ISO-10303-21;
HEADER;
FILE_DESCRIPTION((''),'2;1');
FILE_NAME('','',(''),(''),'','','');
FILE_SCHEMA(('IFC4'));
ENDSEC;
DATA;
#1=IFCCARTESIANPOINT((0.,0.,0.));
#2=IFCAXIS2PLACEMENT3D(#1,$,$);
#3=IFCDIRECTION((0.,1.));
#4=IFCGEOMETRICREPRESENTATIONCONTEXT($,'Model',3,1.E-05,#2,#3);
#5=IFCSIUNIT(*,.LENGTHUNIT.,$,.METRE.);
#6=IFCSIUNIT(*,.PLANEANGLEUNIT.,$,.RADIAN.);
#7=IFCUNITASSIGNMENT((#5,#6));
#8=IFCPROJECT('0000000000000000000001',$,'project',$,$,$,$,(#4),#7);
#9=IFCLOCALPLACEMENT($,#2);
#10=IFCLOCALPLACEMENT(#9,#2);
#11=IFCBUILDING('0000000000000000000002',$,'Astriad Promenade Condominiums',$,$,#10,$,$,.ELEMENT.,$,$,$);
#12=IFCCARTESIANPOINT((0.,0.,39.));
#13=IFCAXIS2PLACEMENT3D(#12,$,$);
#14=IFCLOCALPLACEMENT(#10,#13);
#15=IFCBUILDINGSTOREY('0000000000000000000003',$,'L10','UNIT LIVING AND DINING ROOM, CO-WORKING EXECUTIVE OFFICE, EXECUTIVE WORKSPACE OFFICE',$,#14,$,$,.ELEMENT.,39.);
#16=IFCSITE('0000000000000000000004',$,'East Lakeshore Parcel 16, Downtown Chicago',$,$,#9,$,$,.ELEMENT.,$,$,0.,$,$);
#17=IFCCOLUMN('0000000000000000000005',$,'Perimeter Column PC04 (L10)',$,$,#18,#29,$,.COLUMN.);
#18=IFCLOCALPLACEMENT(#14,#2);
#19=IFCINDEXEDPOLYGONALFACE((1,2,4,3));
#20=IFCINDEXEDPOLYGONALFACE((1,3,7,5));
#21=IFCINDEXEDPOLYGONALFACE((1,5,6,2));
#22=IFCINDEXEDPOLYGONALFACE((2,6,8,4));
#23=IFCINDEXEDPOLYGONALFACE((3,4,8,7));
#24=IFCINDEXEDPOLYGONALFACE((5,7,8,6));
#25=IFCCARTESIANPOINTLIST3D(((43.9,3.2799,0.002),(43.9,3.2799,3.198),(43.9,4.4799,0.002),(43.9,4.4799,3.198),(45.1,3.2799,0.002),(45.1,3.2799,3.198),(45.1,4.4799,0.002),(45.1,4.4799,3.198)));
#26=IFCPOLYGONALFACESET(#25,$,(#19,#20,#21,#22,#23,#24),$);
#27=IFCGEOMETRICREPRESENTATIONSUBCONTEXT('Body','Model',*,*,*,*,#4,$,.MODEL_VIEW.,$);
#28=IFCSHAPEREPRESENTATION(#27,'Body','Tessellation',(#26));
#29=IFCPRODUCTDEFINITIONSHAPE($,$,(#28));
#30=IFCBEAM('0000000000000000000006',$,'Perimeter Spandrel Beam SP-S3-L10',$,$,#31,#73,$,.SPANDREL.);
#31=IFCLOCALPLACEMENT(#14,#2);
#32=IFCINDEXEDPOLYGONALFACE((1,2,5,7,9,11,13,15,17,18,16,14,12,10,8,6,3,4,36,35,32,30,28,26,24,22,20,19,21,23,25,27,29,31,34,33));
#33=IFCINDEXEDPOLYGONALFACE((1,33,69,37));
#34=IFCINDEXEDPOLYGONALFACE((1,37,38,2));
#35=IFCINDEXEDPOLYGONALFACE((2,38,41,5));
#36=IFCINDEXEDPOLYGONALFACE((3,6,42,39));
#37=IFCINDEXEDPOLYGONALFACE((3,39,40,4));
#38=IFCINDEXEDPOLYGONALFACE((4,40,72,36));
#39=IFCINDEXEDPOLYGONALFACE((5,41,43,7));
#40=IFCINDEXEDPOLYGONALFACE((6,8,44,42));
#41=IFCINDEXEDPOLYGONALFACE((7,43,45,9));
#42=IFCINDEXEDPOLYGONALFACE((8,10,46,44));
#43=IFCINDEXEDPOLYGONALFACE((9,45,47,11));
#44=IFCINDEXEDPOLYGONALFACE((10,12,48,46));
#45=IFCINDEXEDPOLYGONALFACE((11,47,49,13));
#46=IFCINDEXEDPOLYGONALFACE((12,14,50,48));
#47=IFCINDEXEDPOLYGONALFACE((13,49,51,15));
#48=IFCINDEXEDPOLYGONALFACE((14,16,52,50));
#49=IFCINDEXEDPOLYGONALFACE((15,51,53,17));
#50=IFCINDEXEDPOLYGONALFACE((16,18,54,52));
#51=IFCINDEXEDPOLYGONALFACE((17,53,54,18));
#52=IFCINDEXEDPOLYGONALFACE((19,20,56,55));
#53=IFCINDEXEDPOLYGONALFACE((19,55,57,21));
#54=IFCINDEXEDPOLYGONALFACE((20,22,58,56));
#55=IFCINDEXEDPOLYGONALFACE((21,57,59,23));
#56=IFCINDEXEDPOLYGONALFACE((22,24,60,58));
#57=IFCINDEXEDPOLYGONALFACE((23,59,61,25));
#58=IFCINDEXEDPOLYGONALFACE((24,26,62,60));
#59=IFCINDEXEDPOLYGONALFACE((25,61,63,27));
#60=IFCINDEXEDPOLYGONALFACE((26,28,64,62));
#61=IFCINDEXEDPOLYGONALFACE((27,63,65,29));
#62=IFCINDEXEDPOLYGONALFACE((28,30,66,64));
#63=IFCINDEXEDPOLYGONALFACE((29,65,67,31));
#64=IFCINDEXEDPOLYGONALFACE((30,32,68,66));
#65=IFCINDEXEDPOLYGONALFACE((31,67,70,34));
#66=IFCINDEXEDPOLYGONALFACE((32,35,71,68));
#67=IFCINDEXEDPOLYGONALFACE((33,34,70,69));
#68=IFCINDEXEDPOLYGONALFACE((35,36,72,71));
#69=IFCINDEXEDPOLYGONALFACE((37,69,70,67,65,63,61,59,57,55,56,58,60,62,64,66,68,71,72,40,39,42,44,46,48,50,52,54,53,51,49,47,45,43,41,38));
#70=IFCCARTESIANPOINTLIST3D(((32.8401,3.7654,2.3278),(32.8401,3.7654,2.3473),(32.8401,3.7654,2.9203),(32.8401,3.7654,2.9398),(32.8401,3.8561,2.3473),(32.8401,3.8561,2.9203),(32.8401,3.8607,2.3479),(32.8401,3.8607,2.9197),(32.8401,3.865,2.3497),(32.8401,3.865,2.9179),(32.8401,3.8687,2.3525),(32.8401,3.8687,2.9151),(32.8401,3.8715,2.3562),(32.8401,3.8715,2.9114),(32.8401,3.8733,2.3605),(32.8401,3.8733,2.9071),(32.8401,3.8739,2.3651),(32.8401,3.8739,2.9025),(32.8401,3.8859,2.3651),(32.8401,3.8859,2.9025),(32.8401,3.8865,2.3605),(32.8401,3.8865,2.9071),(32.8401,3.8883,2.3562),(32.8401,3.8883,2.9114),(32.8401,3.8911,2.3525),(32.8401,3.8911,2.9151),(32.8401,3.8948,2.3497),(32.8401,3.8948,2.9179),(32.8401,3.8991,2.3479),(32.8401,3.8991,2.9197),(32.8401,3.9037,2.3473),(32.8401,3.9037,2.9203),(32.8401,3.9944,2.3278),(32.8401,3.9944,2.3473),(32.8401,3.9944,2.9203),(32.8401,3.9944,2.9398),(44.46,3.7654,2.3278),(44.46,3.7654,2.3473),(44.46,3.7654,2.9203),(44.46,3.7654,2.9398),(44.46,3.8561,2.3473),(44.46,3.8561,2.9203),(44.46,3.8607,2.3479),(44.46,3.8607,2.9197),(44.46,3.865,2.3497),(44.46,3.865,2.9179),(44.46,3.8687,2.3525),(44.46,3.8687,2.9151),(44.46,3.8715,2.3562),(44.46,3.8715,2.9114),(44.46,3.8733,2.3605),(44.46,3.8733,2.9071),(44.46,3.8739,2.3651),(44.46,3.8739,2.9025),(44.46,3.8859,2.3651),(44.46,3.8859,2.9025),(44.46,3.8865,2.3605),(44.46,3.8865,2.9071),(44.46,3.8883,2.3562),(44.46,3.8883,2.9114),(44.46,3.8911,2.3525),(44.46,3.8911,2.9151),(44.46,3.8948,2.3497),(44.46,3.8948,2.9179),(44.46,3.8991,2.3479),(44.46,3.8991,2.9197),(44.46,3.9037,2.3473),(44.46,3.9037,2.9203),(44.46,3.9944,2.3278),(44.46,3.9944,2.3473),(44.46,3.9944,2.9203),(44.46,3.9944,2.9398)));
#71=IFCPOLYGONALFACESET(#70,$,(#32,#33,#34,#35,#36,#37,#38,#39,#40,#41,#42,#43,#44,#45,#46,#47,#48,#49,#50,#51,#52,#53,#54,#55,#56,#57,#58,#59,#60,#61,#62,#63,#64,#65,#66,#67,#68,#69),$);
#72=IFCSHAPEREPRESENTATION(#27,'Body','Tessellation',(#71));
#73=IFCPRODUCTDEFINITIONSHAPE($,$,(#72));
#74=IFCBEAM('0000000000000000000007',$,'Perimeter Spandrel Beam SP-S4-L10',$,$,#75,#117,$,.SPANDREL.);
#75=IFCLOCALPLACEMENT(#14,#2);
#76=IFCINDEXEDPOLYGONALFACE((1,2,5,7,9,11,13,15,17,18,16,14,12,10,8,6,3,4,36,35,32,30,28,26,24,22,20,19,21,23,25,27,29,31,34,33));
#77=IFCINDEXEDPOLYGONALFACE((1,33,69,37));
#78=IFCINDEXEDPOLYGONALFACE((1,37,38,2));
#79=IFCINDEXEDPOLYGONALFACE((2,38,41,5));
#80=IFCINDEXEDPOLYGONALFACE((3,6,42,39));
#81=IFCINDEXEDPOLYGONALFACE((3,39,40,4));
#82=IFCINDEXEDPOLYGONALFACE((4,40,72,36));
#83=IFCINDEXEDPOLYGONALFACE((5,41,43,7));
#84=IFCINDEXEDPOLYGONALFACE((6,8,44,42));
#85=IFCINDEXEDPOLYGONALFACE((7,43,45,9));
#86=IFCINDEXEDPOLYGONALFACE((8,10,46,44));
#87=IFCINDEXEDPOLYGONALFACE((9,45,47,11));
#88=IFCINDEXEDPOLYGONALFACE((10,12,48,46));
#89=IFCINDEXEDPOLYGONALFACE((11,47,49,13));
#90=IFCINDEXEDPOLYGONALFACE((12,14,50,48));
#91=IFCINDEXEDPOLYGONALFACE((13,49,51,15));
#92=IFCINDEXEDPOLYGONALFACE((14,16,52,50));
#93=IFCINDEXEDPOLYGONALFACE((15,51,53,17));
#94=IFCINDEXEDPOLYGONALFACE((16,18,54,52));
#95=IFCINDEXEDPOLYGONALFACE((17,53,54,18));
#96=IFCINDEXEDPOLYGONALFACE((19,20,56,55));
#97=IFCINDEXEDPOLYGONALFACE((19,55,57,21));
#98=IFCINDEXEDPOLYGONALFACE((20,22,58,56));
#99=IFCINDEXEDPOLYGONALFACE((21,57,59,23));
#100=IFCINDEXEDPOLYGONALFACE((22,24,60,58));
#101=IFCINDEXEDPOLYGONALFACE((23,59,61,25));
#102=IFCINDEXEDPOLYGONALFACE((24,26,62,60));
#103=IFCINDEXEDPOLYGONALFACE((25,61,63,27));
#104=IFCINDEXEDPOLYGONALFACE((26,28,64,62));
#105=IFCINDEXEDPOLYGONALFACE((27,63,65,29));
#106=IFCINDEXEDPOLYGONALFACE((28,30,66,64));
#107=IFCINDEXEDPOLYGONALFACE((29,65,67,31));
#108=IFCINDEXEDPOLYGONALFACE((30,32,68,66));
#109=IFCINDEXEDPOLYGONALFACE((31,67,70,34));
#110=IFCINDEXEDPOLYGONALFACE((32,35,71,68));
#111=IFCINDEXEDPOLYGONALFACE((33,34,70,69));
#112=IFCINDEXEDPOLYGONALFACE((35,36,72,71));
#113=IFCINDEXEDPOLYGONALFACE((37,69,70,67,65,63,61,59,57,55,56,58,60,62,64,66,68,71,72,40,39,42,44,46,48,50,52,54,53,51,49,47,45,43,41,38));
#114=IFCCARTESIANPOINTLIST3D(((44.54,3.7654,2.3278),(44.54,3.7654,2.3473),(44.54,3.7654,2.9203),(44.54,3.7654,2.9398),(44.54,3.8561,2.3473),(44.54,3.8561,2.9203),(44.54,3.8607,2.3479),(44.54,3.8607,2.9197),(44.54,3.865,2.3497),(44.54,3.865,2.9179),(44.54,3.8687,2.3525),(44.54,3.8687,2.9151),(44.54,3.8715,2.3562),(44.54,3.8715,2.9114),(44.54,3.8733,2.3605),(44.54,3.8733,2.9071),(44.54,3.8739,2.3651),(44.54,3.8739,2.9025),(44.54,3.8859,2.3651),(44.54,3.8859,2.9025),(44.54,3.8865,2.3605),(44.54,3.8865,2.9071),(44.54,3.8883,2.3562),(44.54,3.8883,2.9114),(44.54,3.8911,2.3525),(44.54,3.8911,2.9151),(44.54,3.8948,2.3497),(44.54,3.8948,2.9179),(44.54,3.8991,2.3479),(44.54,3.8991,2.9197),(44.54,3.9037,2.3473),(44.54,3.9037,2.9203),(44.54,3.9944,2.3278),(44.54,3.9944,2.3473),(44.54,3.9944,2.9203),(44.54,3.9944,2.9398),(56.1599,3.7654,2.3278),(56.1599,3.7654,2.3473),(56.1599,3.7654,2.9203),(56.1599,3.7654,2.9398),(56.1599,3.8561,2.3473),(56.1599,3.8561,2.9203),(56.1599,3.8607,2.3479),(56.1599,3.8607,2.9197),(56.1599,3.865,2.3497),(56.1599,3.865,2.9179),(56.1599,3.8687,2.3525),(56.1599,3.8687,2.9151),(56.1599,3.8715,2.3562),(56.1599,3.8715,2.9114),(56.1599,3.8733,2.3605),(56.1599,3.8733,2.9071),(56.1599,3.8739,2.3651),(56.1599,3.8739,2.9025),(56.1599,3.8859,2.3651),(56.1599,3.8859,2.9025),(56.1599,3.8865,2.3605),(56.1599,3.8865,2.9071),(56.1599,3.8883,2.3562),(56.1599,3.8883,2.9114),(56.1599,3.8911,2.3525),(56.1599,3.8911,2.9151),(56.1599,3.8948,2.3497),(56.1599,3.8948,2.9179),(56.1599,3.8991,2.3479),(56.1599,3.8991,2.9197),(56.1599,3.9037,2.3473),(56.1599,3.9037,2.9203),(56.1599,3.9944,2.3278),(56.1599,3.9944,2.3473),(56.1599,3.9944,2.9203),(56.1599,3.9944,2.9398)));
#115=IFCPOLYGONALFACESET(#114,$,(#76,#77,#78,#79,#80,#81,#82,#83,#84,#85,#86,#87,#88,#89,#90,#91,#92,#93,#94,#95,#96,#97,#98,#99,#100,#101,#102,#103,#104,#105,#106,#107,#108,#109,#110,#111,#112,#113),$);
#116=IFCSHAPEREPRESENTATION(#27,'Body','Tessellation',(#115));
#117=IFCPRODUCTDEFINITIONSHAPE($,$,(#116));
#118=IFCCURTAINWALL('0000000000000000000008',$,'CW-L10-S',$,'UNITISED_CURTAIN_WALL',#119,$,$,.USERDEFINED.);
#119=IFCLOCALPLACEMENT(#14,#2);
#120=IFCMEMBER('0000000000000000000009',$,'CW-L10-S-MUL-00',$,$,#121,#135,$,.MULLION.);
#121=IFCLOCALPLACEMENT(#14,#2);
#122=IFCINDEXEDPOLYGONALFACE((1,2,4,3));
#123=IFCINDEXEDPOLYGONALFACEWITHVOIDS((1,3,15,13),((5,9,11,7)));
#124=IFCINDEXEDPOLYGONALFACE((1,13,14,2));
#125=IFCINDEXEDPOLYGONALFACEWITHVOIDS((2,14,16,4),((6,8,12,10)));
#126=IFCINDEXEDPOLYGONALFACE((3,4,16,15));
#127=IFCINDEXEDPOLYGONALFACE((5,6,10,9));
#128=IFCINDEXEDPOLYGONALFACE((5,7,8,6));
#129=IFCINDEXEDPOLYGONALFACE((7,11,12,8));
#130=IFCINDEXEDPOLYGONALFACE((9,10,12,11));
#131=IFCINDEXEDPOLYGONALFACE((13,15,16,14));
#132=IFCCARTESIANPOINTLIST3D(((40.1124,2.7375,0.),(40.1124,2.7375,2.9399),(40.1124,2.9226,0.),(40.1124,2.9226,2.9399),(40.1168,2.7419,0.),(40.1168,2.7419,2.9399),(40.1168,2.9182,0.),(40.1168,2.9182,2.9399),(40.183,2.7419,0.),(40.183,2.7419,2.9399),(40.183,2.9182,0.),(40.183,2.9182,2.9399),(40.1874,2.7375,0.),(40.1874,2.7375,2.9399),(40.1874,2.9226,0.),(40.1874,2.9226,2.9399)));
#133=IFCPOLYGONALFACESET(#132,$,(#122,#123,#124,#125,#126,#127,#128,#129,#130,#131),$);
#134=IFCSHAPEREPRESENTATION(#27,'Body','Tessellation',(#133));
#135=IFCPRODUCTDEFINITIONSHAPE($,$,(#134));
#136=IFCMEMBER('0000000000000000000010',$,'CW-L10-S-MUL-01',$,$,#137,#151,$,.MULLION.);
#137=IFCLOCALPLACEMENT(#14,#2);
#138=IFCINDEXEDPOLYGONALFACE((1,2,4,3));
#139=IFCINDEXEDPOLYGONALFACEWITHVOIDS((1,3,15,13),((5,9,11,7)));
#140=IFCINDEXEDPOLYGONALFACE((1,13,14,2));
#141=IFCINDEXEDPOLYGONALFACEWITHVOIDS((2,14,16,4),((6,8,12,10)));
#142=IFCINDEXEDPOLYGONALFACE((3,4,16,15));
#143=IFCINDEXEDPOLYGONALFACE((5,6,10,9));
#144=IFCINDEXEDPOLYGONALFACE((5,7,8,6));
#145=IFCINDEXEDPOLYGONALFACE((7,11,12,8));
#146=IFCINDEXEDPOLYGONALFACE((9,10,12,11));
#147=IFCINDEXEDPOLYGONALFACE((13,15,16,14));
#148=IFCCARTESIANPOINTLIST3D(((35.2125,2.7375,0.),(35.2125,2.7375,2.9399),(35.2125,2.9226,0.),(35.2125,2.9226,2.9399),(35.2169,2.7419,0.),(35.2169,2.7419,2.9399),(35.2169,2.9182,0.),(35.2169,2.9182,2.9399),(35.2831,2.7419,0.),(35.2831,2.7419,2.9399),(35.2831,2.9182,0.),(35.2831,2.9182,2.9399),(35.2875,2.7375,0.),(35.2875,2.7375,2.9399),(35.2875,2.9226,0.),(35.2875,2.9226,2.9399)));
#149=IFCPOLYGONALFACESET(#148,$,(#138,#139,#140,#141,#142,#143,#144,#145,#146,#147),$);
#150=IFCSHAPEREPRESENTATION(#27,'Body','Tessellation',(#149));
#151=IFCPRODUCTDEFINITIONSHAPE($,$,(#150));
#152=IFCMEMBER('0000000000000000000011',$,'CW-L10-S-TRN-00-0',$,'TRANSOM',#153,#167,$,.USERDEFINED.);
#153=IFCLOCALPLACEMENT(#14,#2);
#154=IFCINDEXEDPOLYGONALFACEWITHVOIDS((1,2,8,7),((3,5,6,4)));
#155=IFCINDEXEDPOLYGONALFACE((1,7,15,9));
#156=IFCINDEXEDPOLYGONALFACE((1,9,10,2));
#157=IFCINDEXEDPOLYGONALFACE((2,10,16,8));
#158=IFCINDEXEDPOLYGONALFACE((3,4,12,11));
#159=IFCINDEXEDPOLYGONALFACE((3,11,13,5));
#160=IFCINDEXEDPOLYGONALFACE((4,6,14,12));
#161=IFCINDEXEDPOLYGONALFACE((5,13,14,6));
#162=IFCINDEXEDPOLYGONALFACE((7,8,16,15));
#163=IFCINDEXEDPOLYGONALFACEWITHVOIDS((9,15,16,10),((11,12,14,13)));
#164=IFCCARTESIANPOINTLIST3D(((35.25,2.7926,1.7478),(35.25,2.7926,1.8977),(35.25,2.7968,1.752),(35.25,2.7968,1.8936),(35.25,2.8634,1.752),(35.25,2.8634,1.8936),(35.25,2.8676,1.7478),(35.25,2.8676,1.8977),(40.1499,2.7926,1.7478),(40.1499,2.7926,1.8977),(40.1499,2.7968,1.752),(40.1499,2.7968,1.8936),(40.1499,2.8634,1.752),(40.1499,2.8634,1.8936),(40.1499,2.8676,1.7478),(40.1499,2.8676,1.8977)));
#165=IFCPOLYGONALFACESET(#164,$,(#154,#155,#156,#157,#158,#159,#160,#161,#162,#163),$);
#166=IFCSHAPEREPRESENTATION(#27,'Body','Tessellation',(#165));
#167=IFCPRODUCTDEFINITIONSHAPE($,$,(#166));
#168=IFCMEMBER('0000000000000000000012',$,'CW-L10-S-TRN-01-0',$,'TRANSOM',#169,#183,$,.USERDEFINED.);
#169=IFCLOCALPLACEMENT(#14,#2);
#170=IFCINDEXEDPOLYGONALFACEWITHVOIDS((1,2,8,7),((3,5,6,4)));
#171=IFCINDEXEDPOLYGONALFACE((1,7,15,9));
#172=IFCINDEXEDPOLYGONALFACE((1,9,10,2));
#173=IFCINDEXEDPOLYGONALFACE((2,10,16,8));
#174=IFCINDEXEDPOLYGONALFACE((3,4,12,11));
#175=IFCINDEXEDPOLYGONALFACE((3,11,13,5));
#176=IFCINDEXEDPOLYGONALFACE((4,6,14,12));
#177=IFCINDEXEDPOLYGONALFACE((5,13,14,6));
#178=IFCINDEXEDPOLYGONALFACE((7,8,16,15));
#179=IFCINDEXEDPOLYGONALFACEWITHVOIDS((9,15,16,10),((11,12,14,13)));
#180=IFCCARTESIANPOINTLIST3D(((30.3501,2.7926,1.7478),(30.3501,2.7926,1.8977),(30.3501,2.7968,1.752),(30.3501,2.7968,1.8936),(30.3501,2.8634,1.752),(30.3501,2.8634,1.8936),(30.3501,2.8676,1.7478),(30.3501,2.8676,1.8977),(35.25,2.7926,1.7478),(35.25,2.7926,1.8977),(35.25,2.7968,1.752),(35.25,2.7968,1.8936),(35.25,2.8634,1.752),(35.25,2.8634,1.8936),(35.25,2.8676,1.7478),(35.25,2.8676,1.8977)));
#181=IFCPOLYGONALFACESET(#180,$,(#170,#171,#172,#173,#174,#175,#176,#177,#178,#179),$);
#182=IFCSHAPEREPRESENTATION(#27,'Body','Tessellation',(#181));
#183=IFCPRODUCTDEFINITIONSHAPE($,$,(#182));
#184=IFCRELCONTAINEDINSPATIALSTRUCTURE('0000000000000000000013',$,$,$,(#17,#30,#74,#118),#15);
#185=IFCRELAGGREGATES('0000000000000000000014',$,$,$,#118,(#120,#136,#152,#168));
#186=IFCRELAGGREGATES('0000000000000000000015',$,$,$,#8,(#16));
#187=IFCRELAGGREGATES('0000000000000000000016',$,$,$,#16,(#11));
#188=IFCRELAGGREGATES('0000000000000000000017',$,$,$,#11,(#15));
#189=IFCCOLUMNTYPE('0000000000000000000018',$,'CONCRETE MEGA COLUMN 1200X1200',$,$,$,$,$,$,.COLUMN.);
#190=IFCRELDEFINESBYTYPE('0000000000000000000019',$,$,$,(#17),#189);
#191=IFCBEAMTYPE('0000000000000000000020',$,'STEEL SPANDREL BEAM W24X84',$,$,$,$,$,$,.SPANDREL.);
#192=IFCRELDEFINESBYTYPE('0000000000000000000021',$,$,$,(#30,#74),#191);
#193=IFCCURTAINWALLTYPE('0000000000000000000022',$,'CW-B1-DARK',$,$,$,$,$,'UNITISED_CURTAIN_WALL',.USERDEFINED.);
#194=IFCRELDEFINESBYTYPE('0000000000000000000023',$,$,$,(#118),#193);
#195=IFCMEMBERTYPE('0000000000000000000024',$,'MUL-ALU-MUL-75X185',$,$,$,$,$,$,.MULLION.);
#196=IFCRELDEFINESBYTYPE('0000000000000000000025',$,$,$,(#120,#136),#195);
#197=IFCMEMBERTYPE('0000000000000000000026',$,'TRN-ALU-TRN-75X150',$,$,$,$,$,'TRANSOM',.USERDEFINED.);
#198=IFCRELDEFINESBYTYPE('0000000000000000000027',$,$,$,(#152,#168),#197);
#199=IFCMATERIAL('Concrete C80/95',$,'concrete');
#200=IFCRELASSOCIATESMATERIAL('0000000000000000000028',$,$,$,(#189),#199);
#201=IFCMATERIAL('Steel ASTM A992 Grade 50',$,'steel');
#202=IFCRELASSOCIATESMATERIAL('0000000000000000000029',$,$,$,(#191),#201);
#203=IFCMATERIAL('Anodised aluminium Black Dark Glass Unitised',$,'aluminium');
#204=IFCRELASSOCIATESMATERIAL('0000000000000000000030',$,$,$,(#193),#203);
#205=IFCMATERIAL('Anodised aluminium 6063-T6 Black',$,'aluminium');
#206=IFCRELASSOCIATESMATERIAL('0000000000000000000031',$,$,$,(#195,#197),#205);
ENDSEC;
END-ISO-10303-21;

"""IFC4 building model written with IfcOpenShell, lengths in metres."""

from ifc_helpers import new_model, si_unit, direction, frame, origin, origin_2d, place, context, subcontext, project, spatial, rectangle, hollow_rectangle, i_section, extrude, source, transform, mapped, material, material_profile, profile_set, type_object, type_shapes, element, aggregate, save


model = new_model("IFC4")

# Units and contexts
model_context = context("Model", 3, precision=1e-05, world=origin(), true_north=direction((0.0, 1.0)))
body_context = subcontext(model_context, "Body", "Model", "MODEL_VIEW")
ifc_project = project(units=[si_unit("LENGTHUNIT", "METRE"), si_unit("PLANEANGLEUNIT", "RADIAN")], contexts=[model_context])

# Site, building, storey
site_placement = place(None, origin())
site = spatial("IfcSite", under=ifc_project, at=site_placement, Name="East Lakeshore Parcel 16, Downtown Chicago", CompositionType="ELEMENT", RefElevation=0.0)
building_placement = place(site_placement, origin())
building = spatial("IfcBuilding", under=site, at=building_placement, Name="Astriad Promenade Condominiums", CompositionType="ELEMENT")
storey_placement = place(building_placement, frame((0.0, 0.0, 39.0)))
storey = spatial("IfcBuildingStorey", under=building, at=storey_placement, Name="L10", Description="UNIT LIVING AND DINING ROOM, CO-WORKING EXECUTIVE OFFICE, EXECUTIVE WORKSPACE OFFICE", CompositionType="ELEMENT", Elevation=39.0)

# Column
ifc_material_1 = material(Name="Concrete C80/95", Category="concrete")
ifc_material_profile_1 = material_profile(ifc_material_1, rectangle(XDim=1.2, YDim=1.2, at=origin_2d()), Name="RC-COL-1200X1200")
ifc_profile_set_1 = profile_set([ifc_material_profile_1], Name="Concrete C80/95")
column_type = type_object("IfcColumnType", Name="CONCRETE MEGA COLUMN 1200X1200", PredefinedType="COLUMN", material=ifc_profile_set_1)
shared_shape_1 = source(origin(), body_context, "Body", "SweptSolid", [
    extrude(rectangle(XDim=1.2, YDim=1.2, at=origin_2d()), origin(), (0.0, 0.0, 1.0), 3.196),
])
type_shapes(column_type, [shared_shape_1])
column_placement = place(storey_placement, frame((44.5, 3.8799, 0.002), z_axis=(0.0, 0.0, 1.0), x_axis=(1.0, 0.0, 0.0)))
element("IfcColumn", 1, at=column_placement, inside=storey, type_object=column_type, Name="Perimeter Column PC04 (L10)", PredefinedType="COLUMN", context=body_context, shape_type="MappedRepresentation", body=[
    mapped(shared_shape_1, transform((0.0, 0.0, 0.0), scale=1.0)),
])

# Beams
ifc_material_2 = material(Name="Steel ASTM A992 Grade 50", Category="steel")
ifc_material_profile_2 = material_profile(ifc_material_2, i_section(OverallWidth=0.229, OverallDepth=0.6121, WebThickness=0.012, FlangeThickness=0.0195, FilletRadius=0.0178, at=origin_2d()), Name="W24X84")
ifc_profile_set_2 = profile_set([ifc_material_profile_2], Name="Steel ASTM A992 Grade 50")
beam_type = type_object("IfcBeamType", Name="STEEL SPANDREL BEAM W24X84", PredefinedType="SPANDREL", material=ifc_profile_set_2)
shared_shape_2 = source(origin(), body_context, "Body", "SweptSolid", [
    extrude(i_section(OverallWidth=0.229, OverallDepth=0.6121, WebThickness=0.012, FlangeThickness=0.0195, FilletRadius=0.0178, at=origin_2d()), origin(), (0.0, 0.0, 1.0), 11.6199),
])
type_shapes(beam_type, [shared_shape_2])
for number, where, z_axis, x_axis, name in (
    (2, (32.8401, 3.8799, 2.6338), (1.0, 0.0, 0.0), (0.0, 1.0, 0.0), "Perimeter Spandrel Beam SP-S3-L10"),
    (3, (44.54, 3.8799, 2.6338), (1.0, 0.0, 0.0), (0.0, 1.0, 0.0), "Perimeter Spandrel Beam SP-S4-L10"),
):
    element("IfcBeam", number, at=place(storey_placement, frame(where, z_axis=z_axis, x_axis=x_axis)), inside=storey, type_object=beam_type, Name=name, PredefinedType="SPANDREL", context=body_context, shape_type="MappedRepresentation", body=[
        mapped(shared_shape_2, transform((0.0, 0.0, 0.0), scale=1.0)),
    ])

# Curtain wall, members
ifc_material_3 = material(Name="Anodised aluminium Black Dark Glass Unitised", Category="aluminium")
curtain_wall_type = type_object("IfcCurtainWallType", Name="CW-B1-DARK", ElementType="UNITISED_CURTAIN_WALL", PredefinedType="USERDEFINED", material=ifc_material_3)
curtain_wall_placement = place(storey_placement, origin())
curtain_wall = element("IfcCurtainWall", 4, at=curtain_wall_placement, inside=storey, type_object=curtain_wall_type, Name="CW-L10-S", ObjectType="UNITISED_CURTAIN_WALL", PredefinedType="USERDEFINED")
ifc_material_4 = material(Name="Anodised aluminium 6063-T6 Black", Category="aluminium")
ifc_material_profile_3 = material_profile(ifc_material_4, hollow_rectangle(XDim=0.075, YDim=0.1851, WallThickness=0.0044, at=origin_2d()), Name="ALU-MUL-75X185")
ifc_profile_set_3 = profile_set([ifc_material_profile_3], Name="Anodised aluminium 6063-T6 Black")
member_type_1 = type_object("IfcMemberType", Name="MUL-ALU-MUL-75X185", PredefinedType="MULLION", material=ifc_profile_set_3)
shared_shape_3 = source(origin(), body_context, "Body", "SweptSolid", [
    extrude(hollow_rectangle(XDim=0.075, YDim=0.1851, WallThickness=0.0044, at=origin_2d()), origin(), (0.0, 0.0, 1.0), 2.9399),
])
type_shapes(member_type_1, [shared_shape_3])
member_1_placement = place(storey_placement, frame((40.1499, 2.8301, 0.0), z_axis=(0.0, 0.0, 1.0), x_axis=(1.0, 0.0, 0.0)))
member_1 = element("IfcMember", 5, at=member_1_placement, type_object=member_type_1, Name="CW-L10-S-MUL-00", PredefinedType="MULLION", context=body_context, shape_type="MappedRepresentation", body=[
    mapped(shared_shape_3, transform((0.0, 0.0, 0.0), scale=1.0)),
])
member_2_placement = place(storey_placement, frame((35.25, 2.8301, 0.0), z_axis=(0.0, 0.0, 1.0), x_axis=(1.0, 0.0, 0.0)))
member_2 = element("IfcMember", 6, at=member_2_placement, type_object=member_type_1, Name="CW-L10-S-MUL-01", PredefinedType="MULLION", context=body_context, shape_type="MappedRepresentation", body=[
    mapped(shared_shape_3, transform((0.0, 0.0, 0.0), scale=1.0)),
])
ifc_material_profile_4 = material_profile(ifc_material_4, hollow_rectangle(XDim=0.075, YDim=0.1499, WallThickness=0.0042, at=origin_2d()), Name="ALU-TRN-75X150")
ifc_profile_set_4 = profile_set([ifc_material_profile_4], Name="Anodised aluminium 6063-T6 Black")
member_type_2 = type_object("IfcMemberType", Name="TRN-ALU-TRN-75X150", ElementType="TRANSOM", PredefinedType="USERDEFINED", material=ifc_profile_set_4)
shared_shape_4 = source(origin(), body_context, "Body", "SweptSolid", [
    extrude(hollow_rectangle(XDim=0.075, YDim=0.1499, WallThickness=0.0042, at=origin_2d()), origin(), (0.0, 0.0, 1.0), 4.8999),
])
type_shapes(member_type_2, [shared_shape_4])
member_3_placement = place(storey_placement, frame((40.1499, 2.8301, 1.8228), z_axis=(-1.0, 0.0, 0.0), x_axis=(0.0, -1.0, 0.0)))
member_3 = element("IfcMember", 7, at=member_3_placement, type_object=member_type_2, Name="CW-L10-S-TRN-00-0", ObjectType="TRANSOM", PredefinedType="USERDEFINED", context=body_context, shape_type="MappedRepresentation", body=[
    mapped(shared_shape_4, transform((0.0, 0.0, 0.0), scale=1.0)),
])
member_4_placement = place(storey_placement, frame((35.25, 2.8301, 1.8228), z_axis=(-1.0, 0.0, 0.0), x_axis=(0.0, -1.0, 0.0)))
member_4 = element("IfcMember", 8, at=member_4_placement, type_object=member_type_2, Name="CW-L10-S-TRN-01-0", ObjectType="TRANSOM", PredefinedType="USERDEFINED", context=body_context, shape_type="MappedRepresentation", body=[
    mapped(shared_shape_4, transform((0.0, 0.0, 0.0), scale=1.0)),
])
aggregate(curtain_wall, [member_1, member_2, member_3, member_4])

save(model, "model.ifc")
